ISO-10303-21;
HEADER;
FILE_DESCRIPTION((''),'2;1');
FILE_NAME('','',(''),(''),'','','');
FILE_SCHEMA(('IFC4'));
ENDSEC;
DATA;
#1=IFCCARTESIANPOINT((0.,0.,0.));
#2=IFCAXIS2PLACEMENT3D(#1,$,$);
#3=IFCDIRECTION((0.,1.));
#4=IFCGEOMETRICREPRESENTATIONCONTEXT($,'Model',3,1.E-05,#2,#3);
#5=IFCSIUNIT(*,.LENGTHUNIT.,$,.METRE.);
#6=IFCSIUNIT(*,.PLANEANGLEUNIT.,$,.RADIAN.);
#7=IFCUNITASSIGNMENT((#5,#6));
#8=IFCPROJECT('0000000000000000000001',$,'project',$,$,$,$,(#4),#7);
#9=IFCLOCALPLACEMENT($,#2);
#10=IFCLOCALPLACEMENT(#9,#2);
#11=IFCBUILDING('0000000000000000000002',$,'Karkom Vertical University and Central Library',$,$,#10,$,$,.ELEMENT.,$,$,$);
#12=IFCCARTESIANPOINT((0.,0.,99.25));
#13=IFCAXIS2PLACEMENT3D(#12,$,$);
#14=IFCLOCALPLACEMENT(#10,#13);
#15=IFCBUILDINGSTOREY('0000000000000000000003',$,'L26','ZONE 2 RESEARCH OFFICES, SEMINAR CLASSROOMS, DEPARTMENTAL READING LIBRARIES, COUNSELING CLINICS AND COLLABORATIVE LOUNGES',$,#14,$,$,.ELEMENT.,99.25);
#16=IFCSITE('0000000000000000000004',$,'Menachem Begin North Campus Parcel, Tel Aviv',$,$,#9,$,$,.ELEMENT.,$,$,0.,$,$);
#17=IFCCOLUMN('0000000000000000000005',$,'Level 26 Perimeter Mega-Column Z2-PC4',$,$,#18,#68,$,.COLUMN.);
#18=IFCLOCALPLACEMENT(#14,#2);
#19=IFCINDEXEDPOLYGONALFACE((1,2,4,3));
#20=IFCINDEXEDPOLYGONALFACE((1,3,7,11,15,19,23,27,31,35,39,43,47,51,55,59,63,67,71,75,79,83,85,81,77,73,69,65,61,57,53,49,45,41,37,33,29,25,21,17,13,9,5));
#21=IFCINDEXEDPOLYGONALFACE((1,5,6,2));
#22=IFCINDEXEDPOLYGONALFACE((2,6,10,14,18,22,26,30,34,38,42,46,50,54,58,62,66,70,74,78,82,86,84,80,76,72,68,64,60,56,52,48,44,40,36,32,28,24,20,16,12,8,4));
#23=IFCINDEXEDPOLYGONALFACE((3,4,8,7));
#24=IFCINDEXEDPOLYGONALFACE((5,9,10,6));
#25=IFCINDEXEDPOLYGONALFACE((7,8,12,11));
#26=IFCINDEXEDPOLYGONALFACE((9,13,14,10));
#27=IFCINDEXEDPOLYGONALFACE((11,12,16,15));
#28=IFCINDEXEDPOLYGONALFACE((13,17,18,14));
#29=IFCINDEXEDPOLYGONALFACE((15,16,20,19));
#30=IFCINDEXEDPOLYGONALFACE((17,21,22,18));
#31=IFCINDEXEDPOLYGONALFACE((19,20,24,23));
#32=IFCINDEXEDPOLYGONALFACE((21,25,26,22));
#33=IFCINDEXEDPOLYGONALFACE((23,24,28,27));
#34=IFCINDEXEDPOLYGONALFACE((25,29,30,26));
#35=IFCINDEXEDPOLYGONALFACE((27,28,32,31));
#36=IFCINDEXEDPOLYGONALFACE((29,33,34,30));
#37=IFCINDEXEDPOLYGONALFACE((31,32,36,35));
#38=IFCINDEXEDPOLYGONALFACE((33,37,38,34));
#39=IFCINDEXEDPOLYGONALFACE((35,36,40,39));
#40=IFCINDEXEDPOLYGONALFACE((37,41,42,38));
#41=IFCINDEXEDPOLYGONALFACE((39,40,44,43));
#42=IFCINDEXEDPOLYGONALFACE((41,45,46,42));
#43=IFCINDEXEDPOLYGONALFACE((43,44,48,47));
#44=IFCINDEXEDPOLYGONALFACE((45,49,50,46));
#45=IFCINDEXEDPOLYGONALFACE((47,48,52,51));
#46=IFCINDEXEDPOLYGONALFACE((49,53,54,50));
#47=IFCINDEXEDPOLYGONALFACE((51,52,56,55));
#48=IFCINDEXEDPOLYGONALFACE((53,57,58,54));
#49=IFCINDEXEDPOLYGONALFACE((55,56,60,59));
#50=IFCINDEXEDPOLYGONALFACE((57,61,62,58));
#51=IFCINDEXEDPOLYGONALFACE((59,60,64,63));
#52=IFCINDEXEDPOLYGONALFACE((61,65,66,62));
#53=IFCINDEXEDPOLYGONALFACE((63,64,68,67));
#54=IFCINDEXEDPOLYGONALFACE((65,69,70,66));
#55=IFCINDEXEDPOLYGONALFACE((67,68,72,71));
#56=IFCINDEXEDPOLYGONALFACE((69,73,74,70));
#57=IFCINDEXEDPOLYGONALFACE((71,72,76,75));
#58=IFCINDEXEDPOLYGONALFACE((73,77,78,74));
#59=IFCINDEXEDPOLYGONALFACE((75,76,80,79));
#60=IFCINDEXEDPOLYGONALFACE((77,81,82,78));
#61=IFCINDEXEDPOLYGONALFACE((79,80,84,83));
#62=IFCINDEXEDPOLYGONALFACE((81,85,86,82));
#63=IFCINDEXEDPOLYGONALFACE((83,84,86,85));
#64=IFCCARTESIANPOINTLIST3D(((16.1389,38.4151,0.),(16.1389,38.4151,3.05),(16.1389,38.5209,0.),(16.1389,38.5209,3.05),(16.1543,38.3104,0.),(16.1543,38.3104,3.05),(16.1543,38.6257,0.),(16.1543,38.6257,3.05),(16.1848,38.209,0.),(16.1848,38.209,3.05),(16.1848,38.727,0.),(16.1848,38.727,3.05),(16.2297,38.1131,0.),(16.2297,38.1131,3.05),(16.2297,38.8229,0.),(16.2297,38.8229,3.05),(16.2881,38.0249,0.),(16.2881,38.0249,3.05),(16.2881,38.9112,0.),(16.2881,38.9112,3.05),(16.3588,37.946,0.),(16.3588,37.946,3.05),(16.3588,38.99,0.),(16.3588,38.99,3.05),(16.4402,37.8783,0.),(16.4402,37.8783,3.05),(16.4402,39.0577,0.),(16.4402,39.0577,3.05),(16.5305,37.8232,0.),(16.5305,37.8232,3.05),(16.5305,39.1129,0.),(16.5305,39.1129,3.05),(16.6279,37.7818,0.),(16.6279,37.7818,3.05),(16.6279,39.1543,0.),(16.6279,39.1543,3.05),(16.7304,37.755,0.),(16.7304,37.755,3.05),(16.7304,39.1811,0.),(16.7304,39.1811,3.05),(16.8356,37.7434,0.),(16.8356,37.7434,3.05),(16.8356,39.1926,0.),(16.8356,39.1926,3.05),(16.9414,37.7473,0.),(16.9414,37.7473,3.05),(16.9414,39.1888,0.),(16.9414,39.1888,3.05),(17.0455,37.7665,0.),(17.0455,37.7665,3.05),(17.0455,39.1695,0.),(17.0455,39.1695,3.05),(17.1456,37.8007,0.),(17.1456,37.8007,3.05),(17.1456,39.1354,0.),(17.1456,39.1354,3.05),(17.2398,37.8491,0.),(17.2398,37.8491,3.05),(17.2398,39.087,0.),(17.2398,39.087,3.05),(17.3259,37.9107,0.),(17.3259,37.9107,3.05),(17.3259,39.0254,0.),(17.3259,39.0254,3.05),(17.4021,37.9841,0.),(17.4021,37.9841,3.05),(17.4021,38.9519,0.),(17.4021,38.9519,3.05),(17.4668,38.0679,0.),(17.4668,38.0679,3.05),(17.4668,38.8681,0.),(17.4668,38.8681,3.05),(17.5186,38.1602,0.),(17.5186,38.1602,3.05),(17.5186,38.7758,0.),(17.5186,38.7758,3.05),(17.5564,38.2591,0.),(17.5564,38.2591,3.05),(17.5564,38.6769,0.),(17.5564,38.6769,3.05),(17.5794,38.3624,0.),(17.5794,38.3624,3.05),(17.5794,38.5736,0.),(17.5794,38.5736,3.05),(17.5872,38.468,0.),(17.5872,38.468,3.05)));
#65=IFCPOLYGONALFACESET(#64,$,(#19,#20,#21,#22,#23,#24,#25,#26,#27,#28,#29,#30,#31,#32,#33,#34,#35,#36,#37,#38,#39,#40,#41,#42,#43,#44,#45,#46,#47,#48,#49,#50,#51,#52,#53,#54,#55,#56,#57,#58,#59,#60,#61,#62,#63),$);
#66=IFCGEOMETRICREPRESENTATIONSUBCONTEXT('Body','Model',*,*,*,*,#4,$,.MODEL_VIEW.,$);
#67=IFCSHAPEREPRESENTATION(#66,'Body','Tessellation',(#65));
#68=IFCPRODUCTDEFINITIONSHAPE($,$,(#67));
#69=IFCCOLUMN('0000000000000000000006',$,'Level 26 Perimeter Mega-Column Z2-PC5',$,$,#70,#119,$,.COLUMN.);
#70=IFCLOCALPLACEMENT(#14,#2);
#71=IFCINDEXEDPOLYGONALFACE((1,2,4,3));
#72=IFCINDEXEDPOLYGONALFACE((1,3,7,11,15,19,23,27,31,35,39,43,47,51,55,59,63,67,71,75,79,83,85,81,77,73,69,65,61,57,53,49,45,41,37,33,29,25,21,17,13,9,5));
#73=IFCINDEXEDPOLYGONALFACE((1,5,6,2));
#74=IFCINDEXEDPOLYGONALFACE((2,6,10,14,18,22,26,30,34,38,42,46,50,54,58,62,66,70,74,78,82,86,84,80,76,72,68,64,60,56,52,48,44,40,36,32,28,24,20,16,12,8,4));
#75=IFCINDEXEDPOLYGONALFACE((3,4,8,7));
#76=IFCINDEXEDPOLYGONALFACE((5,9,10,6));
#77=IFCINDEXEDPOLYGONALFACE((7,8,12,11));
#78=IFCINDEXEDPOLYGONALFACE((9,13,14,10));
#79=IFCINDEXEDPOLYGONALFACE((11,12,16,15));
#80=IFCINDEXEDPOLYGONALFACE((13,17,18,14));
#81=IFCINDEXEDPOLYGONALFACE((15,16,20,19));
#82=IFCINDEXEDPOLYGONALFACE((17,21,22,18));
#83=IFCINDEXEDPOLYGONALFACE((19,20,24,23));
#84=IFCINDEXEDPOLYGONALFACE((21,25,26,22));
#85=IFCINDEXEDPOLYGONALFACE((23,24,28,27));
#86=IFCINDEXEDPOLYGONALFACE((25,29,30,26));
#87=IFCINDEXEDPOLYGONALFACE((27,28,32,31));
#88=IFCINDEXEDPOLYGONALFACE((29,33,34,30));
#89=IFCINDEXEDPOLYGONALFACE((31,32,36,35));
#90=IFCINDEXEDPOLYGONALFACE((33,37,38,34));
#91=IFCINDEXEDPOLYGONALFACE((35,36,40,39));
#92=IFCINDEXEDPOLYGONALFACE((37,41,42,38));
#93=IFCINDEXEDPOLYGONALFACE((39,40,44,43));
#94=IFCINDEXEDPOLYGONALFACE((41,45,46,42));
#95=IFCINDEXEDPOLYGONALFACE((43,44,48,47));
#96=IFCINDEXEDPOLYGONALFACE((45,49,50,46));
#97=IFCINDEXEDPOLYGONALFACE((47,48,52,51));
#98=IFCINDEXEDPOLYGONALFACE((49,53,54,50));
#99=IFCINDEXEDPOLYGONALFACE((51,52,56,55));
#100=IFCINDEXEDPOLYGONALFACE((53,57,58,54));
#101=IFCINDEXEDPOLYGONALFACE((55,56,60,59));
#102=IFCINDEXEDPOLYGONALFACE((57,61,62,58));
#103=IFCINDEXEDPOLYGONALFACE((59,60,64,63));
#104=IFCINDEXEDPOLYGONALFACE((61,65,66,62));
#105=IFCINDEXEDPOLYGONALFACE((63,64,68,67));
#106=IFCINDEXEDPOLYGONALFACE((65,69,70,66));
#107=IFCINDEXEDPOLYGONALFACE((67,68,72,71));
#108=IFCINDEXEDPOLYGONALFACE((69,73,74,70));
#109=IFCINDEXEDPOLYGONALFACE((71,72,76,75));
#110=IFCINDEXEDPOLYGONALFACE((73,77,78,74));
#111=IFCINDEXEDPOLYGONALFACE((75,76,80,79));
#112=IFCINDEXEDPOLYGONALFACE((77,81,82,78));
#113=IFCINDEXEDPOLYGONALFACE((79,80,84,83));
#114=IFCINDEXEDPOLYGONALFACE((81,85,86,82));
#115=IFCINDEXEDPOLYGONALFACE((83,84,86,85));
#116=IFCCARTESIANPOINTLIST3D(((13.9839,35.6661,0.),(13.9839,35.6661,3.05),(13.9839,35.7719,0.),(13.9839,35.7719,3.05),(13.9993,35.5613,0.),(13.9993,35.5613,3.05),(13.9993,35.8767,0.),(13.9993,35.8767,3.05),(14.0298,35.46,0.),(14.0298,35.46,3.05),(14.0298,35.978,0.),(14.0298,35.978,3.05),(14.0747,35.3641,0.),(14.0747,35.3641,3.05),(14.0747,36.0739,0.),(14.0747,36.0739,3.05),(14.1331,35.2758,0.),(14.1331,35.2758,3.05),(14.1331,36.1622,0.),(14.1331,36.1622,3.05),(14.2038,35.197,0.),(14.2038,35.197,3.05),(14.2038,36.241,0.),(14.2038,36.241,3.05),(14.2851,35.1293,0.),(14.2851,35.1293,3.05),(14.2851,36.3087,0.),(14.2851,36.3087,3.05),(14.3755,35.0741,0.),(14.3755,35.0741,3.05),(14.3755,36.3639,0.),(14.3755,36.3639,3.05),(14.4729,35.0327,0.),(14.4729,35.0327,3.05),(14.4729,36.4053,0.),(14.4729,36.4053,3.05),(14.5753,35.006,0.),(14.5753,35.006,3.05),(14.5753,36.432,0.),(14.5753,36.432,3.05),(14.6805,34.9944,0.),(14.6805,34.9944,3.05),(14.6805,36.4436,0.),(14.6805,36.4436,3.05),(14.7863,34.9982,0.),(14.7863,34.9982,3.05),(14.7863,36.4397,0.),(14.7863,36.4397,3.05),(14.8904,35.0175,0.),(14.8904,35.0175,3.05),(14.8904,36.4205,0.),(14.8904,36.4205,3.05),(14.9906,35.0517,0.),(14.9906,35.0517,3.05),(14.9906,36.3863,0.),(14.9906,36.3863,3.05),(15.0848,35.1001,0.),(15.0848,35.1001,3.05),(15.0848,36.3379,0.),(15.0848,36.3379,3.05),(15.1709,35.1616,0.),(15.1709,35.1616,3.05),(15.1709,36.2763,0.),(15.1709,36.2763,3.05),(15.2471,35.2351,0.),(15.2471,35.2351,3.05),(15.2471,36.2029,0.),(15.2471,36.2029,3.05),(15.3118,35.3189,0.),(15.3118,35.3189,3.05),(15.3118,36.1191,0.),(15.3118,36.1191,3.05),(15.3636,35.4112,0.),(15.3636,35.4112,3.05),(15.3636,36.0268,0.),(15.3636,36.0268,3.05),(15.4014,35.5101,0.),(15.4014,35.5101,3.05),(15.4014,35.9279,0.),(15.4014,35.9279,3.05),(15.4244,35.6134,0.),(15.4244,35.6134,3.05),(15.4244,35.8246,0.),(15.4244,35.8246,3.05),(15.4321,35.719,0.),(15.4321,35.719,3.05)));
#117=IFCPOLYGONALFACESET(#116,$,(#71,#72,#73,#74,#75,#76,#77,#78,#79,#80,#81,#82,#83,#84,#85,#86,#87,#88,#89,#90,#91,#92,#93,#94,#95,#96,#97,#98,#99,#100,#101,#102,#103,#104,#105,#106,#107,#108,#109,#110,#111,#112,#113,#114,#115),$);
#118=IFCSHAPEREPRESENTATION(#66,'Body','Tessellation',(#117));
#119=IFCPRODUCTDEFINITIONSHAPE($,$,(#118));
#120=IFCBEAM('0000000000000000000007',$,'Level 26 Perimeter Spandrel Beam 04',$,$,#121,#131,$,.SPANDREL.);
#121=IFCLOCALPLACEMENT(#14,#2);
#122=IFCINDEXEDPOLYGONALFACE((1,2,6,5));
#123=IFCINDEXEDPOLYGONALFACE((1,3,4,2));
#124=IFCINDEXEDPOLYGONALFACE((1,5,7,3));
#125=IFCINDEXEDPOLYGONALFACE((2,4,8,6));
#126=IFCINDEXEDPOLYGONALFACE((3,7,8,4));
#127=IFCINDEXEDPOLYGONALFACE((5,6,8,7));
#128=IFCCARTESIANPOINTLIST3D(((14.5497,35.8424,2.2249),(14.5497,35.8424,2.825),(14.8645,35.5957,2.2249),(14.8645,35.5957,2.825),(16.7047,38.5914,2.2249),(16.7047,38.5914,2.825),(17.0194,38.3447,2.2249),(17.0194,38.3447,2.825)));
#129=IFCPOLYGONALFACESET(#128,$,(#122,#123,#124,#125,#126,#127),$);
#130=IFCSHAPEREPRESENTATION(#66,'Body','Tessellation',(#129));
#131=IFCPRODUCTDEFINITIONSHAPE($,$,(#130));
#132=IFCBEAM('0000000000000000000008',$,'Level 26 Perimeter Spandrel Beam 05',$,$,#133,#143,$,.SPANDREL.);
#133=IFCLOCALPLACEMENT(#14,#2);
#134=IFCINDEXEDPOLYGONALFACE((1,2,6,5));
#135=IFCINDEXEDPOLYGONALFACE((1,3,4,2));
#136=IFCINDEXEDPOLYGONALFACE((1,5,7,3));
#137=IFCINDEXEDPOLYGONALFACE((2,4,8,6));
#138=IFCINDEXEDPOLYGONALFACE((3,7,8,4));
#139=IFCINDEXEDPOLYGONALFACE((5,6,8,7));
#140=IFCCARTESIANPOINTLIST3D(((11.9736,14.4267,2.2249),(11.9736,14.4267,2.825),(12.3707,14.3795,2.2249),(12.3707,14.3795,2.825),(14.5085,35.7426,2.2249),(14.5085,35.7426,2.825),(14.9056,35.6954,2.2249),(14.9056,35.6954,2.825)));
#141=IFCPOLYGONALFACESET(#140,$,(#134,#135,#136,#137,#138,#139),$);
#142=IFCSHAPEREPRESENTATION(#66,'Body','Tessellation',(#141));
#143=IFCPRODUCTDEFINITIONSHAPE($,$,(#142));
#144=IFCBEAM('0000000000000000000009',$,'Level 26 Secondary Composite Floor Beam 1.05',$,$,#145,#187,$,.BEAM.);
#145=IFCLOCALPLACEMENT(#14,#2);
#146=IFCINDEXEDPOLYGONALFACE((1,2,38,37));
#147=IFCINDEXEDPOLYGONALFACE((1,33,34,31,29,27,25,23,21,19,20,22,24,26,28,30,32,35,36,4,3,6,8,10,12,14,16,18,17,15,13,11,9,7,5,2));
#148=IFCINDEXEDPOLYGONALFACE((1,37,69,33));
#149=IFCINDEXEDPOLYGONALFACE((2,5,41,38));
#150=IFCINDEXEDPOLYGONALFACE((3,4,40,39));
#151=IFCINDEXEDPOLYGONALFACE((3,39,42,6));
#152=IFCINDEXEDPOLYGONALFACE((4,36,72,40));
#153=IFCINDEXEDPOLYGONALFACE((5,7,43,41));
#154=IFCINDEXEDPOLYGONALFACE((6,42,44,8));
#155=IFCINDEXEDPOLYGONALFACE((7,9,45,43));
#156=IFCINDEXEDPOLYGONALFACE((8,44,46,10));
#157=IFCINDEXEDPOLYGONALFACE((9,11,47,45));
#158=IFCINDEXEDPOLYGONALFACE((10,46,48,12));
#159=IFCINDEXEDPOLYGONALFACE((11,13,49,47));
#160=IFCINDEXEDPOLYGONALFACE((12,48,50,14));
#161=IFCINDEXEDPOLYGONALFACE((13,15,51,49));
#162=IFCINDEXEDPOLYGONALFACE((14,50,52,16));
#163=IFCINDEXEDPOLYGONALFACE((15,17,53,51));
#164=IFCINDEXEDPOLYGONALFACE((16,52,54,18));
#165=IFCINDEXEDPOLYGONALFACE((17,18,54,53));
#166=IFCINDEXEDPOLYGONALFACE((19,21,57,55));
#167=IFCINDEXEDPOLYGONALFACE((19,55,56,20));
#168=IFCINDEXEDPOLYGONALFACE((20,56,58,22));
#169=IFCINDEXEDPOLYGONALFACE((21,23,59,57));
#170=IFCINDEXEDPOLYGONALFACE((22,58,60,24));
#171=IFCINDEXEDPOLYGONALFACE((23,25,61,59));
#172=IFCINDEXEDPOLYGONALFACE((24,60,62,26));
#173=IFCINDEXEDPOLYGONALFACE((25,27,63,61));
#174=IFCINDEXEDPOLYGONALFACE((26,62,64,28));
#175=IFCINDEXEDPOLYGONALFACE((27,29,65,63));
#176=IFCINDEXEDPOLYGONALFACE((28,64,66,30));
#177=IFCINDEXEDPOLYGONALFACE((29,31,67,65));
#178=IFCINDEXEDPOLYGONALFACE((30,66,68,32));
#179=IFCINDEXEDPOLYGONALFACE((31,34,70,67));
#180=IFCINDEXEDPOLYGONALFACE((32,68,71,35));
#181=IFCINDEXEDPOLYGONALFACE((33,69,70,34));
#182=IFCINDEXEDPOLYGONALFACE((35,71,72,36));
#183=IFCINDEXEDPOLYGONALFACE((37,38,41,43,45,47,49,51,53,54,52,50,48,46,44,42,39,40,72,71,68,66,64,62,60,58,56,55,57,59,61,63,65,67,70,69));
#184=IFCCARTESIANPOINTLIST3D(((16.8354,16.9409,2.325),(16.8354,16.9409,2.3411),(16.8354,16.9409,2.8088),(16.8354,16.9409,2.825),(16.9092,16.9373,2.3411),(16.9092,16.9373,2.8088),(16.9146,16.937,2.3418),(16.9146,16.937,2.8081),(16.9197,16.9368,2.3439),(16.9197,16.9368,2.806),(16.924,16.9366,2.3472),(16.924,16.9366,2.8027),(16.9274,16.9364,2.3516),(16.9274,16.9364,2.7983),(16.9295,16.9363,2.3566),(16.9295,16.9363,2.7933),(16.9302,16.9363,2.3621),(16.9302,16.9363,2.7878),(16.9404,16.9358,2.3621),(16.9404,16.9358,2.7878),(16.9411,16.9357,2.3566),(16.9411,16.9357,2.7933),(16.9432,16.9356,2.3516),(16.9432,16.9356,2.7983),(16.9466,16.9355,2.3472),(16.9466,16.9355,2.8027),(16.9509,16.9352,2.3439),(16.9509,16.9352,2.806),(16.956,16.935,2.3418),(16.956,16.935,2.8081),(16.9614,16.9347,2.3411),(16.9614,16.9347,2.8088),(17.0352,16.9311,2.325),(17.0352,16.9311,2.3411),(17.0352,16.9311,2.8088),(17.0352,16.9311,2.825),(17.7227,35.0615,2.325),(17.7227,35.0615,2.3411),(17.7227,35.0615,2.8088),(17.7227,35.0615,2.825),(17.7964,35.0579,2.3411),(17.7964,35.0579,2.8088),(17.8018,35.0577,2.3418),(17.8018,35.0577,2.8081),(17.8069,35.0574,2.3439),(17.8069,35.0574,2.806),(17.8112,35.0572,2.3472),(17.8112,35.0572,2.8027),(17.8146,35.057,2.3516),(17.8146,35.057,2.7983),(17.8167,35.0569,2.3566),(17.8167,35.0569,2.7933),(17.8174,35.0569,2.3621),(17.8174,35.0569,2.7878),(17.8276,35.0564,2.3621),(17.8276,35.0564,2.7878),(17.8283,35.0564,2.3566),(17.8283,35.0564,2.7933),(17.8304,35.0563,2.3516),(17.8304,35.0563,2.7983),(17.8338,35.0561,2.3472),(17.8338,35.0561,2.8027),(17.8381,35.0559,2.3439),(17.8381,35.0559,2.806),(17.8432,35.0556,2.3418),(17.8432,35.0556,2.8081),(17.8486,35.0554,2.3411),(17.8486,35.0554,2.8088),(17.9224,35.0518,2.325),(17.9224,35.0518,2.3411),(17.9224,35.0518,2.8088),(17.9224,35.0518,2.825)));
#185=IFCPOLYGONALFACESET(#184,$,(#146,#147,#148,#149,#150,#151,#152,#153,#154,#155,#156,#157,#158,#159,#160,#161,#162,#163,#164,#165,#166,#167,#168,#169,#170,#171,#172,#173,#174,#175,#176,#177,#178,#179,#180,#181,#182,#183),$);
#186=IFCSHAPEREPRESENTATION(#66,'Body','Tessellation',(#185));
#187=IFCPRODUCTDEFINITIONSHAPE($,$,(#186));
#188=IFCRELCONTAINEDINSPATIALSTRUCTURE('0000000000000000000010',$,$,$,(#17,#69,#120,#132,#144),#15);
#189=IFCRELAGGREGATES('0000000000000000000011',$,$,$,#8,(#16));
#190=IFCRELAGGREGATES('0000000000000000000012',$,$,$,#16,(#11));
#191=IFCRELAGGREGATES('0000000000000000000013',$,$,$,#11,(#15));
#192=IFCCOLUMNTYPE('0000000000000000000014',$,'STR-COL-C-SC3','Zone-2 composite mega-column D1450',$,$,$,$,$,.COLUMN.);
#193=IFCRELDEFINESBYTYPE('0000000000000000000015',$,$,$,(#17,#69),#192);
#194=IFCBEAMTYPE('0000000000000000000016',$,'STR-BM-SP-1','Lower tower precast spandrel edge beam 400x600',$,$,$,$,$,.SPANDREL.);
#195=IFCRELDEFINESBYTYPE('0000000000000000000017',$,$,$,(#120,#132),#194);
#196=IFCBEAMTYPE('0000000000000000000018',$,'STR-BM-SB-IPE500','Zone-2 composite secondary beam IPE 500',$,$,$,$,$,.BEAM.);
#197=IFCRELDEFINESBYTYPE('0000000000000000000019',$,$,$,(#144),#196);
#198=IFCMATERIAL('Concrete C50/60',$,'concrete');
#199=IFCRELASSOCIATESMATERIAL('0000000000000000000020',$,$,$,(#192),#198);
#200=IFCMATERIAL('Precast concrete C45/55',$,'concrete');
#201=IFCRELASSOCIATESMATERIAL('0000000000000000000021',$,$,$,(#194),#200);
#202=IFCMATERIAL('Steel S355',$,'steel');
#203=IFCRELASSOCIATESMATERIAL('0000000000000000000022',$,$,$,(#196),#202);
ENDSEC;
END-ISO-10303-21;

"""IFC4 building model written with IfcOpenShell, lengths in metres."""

from ifc_helpers import new_model, si_unit, direction, frame, origin, origin_with_axes, origin_2d, place, context, subcontext, project, spatial, rectangle, circle, i_section, extrude, source, transform, mapped, material, material_profile, profile_set, type_object, element, save


model = new_model("IFC4")

# Units and contexts
model_context = context("Model", 3, precision=1e-05, world=origin(), true_north=direction((0.0, 1.0)))
body_context = subcontext(model_context, "Body", "Model", "MODEL_VIEW")
ifc_project = project(units=[si_unit("LENGTHUNIT", "METRE"), si_unit("PLANEANGLEUNIT", "RADIAN")], contexts=[model_context])

# Site, building, storey
site_placement = place(None, origin())
site = spatial("IfcSite", under=ifc_project, at=site_placement, Name="Menachem Begin North Campus Parcel, Tel Aviv", CompositionType="ELEMENT", RefElevation=0.0)
building_placement = place(site_placement, origin())
building = spatial("IfcBuilding", under=site, at=building_placement, Name="Karkom Vertical University and Central Library", CompositionType="ELEMENT")
storey_placement = place(building_placement, frame((0.0, 0.0, 99.25)))
storey = spatial("IfcBuildingStorey", under=building, at=storey_placement, Name="L26", Description="ZONE 2 RESEARCH OFFICES, SEMINAR CLASSROOMS, DEPARTMENTAL READING LIBRARIES, COUNSELING CLINICS AND COLLABORATIVE LOUNGES", CompositionType="ELEMENT", Elevation=99.25)

# Columns
ifc_material_1 = material(Name="Concrete C50/60", Category="concrete")
ifc_material_profile_1 = material_profile(ifc_material_1, circle(Radius=0.7251, at=origin_2d()), Name="CFT-D1450")
ifc_profile_set_1 = profile_set([ifc_material_profile_1], Name="Concrete C50/60")
column_type = type_object("IfcColumnType", Name="STR-COL-C-SC3", Description="Zone-2 composite mega-column D1450", PredefinedType="COLUMN", material=ifc_profile_set_1)
shared_shape_1 = source(origin_with_axes(), body_context, "Body", "SweptSolid", [
    extrude(circle(Radius=0.7251, at=origin_2d()), origin(), (0.0, 0.0, 1.0), 3.05),
])
for number, where, z_axis, x_axis, name in (
    (1, (16.8621, 38.468, 0.0), (0.0, 0.0, 1.0), (1.0, 0.0, 0.0), "Level 26 Perimeter Mega-Column Z2-PC4"),
    (2, (14.707, 35.719, 0.0), (0.0, 0.0, 1.0), (1.0, 0.0, 0.0), "Level 26 Perimeter Mega-Column Z2-PC5"),
):
    element("IfcColumn", number, at=place(storey_placement, frame(where, z_axis=z_axis, x_axis=x_axis)), inside=storey, type_object=column_type, Name=name, PredefinedType="COLUMN", context=body_context, shape_type="MappedRepresentation", body=[
        mapped(shared_shape_1, transform((0.0, 0.0, 0.0), scale=1.0)),
    ])

# Beams
ifc_material_2 = material(Name="Precast concrete C45/55", Category="concrete")
ifc_material_profile_2 = material_profile(ifc_material_2, rectangle(XDim=0.3999, YDim=0.6001, at=origin_2d()), Name="SPB-400x600")
ifc_profile_set_2 = profile_set([ifc_material_profile_2], Name="Precast concrete C45/55")
beam_type_1 = type_object("IfcBeamType", Name="STR-BM-SP-1", Description="Lower tower precast spandrel edge beam 400x600", PredefinedType="SPANDREL", material=ifc_profile_set_2)
shared_shape_2 = source(origin_with_axes(), body_context, "Body", "SweptSolid", [
    extrude(rectangle(XDim=0.3999, YDim=0.6001, at=origin_2d()), origin(), (0.0, 0.0, 1.0), 3.4929),
])
beam_1_placement = place(storey_placement, frame((16.8621, 38.468, 2.5249), z_axis=(-0.616951, -0.787002, 0.0), x_axis=(0.787002, -0.616951, 0.0)))
element("IfcBeam", 3, at=beam_1_placement, inside=storey, type_object=beam_type_1, Name="Level 26 Perimeter Spandrel Beam 04", PredefinedType="SPANDREL", context=body_context, shape_type="MappedRepresentation", body=[
    mapped(shared_shape_2, transform((0.0, 0.0, 0.0), scale=1.0)),
])
shared_shape_3 = source(origin_with_axes(), body_context, "Body", "SweptSolid", [
    extrude(rectangle(XDim=0.3999, YDim=0.6001, at=origin_2d()), origin(), (0.0, 0.0, 1.0), 21.4661),
])
beam_2_placement = place(storey_placement, frame((14.707, 35.719, 2.5249), z_axis=(-0.118089, -0.993003, 0.0), x_axis=(0.993003, -0.118089, 0.0)))
element("IfcBeam", 4, at=beam_2_placement, inside=storey, type_object=beam_type_1, Name="Level 26 Perimeter Spandrel Beam 05", PredefinedType="SPANDREL", context=body_context, shape_type="MappedRepresentation", body=[
    mapped(shared_shape_3, transform((0.0, 0.0, 0.0), scale=1.0)),
])
ifc_material_3 = material(Name="Steel S355", Category="steel")
ifc_material_profile_3 = material_profile(ifc_material_3, i_section(OverallWidth=0.2, OverallDepth=0.5, WebThickness=0.0103, FlangeThickness=0.0161, FilletRadius=0.021, at=origin_2d()), Name="IPE 500")
ifc_profile_set_3 = profile_set([ifc_material_profile_3], Name="Steel S355")
beam_type_2 = type_object("IfcBeamType", Name="STR-BM-SB-IPE500", Description="Zone-2 composite secondary beam IPE 500", PredefinedType="BEAM", material=ifc_profile_set_3)
shared_shape_4 = source(origin_with_axes(), body_context, "Body", "SweptSolid", [
    extrude(i_section(OverallWidth=0.2, OverallDepth=0.5, WebThickness=0.0103, FlangeThickness=0.0161, FilletRadius=0.021, at=origin_2d()), origin(), (0.0, 0.0, 1.0), 18.1423),
])
beam_3_placement = place(storey_placement, frame((17.8225, 35.0566, 2.575), z_axis=(-0.048903, -0.998804, 0.0), x_axis=(0.998804, -0.048903, 0.0)))
element("IfcBeam", 5, at=beam_3_placement, inside=storey, type_object=beam_type_2, Name="Level 26 Secondary Composite Floor Beam 1.05", PredefinedType="BEAM", context=body_context, shape_type="MappedRepresentation", body=[
    mapped(shared_shape_4, transform((0.0, 0.0, 0.0), scale=1.0)),
])

save(model, "model.ifc")
